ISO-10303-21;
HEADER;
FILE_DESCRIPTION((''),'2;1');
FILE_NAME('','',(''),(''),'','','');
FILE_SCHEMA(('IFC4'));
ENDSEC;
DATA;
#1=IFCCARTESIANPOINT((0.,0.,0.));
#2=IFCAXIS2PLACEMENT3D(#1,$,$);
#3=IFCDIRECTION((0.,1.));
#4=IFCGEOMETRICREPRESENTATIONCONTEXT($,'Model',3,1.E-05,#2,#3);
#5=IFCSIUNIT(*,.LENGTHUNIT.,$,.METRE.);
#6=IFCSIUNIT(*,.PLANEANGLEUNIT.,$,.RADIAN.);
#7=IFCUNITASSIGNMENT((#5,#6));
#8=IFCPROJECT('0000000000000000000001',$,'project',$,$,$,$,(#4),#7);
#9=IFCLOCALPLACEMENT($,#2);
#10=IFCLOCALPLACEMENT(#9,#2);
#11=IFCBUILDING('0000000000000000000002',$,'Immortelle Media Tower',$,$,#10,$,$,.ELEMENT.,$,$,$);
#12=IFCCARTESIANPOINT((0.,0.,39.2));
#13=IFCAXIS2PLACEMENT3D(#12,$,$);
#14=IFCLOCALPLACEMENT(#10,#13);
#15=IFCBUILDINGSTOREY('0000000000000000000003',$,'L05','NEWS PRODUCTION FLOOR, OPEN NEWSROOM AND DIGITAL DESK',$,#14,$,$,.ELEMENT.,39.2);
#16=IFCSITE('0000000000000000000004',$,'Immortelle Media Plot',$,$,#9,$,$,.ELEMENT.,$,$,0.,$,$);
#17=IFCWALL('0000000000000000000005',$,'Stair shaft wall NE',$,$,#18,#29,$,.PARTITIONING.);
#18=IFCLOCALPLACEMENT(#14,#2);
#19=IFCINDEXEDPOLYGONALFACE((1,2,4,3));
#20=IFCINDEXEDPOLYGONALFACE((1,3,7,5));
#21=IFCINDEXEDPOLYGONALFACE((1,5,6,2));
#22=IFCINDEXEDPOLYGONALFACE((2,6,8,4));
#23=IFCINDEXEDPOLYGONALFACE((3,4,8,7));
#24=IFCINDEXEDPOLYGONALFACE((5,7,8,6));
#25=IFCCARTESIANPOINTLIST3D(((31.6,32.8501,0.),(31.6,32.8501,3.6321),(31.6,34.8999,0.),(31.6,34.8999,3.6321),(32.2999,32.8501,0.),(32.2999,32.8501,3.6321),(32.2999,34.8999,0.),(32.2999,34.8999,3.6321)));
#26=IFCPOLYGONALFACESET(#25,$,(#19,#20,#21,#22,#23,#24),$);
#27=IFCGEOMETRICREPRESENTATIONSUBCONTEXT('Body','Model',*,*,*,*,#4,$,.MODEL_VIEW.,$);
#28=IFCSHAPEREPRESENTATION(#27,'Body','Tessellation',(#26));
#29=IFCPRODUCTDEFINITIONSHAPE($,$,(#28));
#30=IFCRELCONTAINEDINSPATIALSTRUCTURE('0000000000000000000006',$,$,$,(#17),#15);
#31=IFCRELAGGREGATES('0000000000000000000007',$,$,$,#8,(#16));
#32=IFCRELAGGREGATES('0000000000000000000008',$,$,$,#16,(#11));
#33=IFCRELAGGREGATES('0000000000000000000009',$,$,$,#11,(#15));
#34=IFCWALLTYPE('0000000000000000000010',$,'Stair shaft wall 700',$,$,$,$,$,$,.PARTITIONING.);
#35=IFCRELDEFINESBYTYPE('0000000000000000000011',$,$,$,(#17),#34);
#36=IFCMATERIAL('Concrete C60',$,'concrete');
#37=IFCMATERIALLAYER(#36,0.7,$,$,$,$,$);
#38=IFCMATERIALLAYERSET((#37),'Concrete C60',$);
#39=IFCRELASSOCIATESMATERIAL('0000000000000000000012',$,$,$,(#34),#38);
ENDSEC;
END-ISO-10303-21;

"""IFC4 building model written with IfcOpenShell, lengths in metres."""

from ifc_helpers import new_model, si_unit, direction, frame, frame_2d, origin, place, context, subcontext, project, spatial, rectangle, extrude, material, layer, layer_set, type_object, element, save


model = new_model("IFC4")

# Units and contexts
model_context = context("Model", 3, precision=1e-05, world=origin(), true_north=direction((0.0, 1.0)))
body_context = subcontext(model_context, "Body", "Model", "MODEL_VIEW")
ifc_project = project(units=[si_unit("LENGTHUNIT", "METRE"), si_unit("PLANEANGLEUNIT", "RADIAN")], contexts=[model_context])

# Site, building, storey
site_placement = place(None, origin())
site = spatial("IfcSite", under=ifc_project, at=site_placement, Name="Immortelle Media Plot", CompositionType="ELEMENT", RefElevation=0.0)
building_placement = place(site_placement, origin())
building = spatial("IfcBuilding", under=site, at=building_placement, Name="Immortelle Media Tower", CompositionType="ELEMENT")
storey_placement = place(building_placement, frame((0.0, 0.0, 39.2)))
storey = spatial("IfcBuildingStorey", under=building, at=storey_placement, Name="L05", Description="NEWS PRODUCTION FLOOR, OPEN NEWSROOM AND DIGITAL DESK", CompositionType="ELEMENT", Elevation=39.2)

# Wall
ifc_material_1 = material(Name="Concrete C60", Category="concrete")
ifc_layer_1 = layer(ifc_material_1, 0.7)
ifc_layer_set_1 = layer_set([ifc_layer_1], Name="Concrete C60")
wall_type_1 = type_object("IfcWallType", Name="Stair shaft wall 700", PredefinedType="PARTITIONING", material=ifc_layer_set_1)
wall_1_placement = place(storey_placement, frame((31.95, 32.8501, 0.0), z_axis=(0.0, 0.0, 1.0), x_axis=(0.0, 1.0, 0.0)))
element("IfcWall", 1, at=wall_1_placement, inside=storey, type_object=wall_type_1, Name="Stair shaft wall NE", PredefinedType="PARTITIONING", context=body_context, shape_type="SweptSolid", body=[
    extrude(rectangle(XDim=2.0498, YDim=0.7, at=frame_2d((1.0249, 0.0))), origin(), (0.0, 0.0, 1.0), 3.6321),
])

save(model, "model.ifc")
